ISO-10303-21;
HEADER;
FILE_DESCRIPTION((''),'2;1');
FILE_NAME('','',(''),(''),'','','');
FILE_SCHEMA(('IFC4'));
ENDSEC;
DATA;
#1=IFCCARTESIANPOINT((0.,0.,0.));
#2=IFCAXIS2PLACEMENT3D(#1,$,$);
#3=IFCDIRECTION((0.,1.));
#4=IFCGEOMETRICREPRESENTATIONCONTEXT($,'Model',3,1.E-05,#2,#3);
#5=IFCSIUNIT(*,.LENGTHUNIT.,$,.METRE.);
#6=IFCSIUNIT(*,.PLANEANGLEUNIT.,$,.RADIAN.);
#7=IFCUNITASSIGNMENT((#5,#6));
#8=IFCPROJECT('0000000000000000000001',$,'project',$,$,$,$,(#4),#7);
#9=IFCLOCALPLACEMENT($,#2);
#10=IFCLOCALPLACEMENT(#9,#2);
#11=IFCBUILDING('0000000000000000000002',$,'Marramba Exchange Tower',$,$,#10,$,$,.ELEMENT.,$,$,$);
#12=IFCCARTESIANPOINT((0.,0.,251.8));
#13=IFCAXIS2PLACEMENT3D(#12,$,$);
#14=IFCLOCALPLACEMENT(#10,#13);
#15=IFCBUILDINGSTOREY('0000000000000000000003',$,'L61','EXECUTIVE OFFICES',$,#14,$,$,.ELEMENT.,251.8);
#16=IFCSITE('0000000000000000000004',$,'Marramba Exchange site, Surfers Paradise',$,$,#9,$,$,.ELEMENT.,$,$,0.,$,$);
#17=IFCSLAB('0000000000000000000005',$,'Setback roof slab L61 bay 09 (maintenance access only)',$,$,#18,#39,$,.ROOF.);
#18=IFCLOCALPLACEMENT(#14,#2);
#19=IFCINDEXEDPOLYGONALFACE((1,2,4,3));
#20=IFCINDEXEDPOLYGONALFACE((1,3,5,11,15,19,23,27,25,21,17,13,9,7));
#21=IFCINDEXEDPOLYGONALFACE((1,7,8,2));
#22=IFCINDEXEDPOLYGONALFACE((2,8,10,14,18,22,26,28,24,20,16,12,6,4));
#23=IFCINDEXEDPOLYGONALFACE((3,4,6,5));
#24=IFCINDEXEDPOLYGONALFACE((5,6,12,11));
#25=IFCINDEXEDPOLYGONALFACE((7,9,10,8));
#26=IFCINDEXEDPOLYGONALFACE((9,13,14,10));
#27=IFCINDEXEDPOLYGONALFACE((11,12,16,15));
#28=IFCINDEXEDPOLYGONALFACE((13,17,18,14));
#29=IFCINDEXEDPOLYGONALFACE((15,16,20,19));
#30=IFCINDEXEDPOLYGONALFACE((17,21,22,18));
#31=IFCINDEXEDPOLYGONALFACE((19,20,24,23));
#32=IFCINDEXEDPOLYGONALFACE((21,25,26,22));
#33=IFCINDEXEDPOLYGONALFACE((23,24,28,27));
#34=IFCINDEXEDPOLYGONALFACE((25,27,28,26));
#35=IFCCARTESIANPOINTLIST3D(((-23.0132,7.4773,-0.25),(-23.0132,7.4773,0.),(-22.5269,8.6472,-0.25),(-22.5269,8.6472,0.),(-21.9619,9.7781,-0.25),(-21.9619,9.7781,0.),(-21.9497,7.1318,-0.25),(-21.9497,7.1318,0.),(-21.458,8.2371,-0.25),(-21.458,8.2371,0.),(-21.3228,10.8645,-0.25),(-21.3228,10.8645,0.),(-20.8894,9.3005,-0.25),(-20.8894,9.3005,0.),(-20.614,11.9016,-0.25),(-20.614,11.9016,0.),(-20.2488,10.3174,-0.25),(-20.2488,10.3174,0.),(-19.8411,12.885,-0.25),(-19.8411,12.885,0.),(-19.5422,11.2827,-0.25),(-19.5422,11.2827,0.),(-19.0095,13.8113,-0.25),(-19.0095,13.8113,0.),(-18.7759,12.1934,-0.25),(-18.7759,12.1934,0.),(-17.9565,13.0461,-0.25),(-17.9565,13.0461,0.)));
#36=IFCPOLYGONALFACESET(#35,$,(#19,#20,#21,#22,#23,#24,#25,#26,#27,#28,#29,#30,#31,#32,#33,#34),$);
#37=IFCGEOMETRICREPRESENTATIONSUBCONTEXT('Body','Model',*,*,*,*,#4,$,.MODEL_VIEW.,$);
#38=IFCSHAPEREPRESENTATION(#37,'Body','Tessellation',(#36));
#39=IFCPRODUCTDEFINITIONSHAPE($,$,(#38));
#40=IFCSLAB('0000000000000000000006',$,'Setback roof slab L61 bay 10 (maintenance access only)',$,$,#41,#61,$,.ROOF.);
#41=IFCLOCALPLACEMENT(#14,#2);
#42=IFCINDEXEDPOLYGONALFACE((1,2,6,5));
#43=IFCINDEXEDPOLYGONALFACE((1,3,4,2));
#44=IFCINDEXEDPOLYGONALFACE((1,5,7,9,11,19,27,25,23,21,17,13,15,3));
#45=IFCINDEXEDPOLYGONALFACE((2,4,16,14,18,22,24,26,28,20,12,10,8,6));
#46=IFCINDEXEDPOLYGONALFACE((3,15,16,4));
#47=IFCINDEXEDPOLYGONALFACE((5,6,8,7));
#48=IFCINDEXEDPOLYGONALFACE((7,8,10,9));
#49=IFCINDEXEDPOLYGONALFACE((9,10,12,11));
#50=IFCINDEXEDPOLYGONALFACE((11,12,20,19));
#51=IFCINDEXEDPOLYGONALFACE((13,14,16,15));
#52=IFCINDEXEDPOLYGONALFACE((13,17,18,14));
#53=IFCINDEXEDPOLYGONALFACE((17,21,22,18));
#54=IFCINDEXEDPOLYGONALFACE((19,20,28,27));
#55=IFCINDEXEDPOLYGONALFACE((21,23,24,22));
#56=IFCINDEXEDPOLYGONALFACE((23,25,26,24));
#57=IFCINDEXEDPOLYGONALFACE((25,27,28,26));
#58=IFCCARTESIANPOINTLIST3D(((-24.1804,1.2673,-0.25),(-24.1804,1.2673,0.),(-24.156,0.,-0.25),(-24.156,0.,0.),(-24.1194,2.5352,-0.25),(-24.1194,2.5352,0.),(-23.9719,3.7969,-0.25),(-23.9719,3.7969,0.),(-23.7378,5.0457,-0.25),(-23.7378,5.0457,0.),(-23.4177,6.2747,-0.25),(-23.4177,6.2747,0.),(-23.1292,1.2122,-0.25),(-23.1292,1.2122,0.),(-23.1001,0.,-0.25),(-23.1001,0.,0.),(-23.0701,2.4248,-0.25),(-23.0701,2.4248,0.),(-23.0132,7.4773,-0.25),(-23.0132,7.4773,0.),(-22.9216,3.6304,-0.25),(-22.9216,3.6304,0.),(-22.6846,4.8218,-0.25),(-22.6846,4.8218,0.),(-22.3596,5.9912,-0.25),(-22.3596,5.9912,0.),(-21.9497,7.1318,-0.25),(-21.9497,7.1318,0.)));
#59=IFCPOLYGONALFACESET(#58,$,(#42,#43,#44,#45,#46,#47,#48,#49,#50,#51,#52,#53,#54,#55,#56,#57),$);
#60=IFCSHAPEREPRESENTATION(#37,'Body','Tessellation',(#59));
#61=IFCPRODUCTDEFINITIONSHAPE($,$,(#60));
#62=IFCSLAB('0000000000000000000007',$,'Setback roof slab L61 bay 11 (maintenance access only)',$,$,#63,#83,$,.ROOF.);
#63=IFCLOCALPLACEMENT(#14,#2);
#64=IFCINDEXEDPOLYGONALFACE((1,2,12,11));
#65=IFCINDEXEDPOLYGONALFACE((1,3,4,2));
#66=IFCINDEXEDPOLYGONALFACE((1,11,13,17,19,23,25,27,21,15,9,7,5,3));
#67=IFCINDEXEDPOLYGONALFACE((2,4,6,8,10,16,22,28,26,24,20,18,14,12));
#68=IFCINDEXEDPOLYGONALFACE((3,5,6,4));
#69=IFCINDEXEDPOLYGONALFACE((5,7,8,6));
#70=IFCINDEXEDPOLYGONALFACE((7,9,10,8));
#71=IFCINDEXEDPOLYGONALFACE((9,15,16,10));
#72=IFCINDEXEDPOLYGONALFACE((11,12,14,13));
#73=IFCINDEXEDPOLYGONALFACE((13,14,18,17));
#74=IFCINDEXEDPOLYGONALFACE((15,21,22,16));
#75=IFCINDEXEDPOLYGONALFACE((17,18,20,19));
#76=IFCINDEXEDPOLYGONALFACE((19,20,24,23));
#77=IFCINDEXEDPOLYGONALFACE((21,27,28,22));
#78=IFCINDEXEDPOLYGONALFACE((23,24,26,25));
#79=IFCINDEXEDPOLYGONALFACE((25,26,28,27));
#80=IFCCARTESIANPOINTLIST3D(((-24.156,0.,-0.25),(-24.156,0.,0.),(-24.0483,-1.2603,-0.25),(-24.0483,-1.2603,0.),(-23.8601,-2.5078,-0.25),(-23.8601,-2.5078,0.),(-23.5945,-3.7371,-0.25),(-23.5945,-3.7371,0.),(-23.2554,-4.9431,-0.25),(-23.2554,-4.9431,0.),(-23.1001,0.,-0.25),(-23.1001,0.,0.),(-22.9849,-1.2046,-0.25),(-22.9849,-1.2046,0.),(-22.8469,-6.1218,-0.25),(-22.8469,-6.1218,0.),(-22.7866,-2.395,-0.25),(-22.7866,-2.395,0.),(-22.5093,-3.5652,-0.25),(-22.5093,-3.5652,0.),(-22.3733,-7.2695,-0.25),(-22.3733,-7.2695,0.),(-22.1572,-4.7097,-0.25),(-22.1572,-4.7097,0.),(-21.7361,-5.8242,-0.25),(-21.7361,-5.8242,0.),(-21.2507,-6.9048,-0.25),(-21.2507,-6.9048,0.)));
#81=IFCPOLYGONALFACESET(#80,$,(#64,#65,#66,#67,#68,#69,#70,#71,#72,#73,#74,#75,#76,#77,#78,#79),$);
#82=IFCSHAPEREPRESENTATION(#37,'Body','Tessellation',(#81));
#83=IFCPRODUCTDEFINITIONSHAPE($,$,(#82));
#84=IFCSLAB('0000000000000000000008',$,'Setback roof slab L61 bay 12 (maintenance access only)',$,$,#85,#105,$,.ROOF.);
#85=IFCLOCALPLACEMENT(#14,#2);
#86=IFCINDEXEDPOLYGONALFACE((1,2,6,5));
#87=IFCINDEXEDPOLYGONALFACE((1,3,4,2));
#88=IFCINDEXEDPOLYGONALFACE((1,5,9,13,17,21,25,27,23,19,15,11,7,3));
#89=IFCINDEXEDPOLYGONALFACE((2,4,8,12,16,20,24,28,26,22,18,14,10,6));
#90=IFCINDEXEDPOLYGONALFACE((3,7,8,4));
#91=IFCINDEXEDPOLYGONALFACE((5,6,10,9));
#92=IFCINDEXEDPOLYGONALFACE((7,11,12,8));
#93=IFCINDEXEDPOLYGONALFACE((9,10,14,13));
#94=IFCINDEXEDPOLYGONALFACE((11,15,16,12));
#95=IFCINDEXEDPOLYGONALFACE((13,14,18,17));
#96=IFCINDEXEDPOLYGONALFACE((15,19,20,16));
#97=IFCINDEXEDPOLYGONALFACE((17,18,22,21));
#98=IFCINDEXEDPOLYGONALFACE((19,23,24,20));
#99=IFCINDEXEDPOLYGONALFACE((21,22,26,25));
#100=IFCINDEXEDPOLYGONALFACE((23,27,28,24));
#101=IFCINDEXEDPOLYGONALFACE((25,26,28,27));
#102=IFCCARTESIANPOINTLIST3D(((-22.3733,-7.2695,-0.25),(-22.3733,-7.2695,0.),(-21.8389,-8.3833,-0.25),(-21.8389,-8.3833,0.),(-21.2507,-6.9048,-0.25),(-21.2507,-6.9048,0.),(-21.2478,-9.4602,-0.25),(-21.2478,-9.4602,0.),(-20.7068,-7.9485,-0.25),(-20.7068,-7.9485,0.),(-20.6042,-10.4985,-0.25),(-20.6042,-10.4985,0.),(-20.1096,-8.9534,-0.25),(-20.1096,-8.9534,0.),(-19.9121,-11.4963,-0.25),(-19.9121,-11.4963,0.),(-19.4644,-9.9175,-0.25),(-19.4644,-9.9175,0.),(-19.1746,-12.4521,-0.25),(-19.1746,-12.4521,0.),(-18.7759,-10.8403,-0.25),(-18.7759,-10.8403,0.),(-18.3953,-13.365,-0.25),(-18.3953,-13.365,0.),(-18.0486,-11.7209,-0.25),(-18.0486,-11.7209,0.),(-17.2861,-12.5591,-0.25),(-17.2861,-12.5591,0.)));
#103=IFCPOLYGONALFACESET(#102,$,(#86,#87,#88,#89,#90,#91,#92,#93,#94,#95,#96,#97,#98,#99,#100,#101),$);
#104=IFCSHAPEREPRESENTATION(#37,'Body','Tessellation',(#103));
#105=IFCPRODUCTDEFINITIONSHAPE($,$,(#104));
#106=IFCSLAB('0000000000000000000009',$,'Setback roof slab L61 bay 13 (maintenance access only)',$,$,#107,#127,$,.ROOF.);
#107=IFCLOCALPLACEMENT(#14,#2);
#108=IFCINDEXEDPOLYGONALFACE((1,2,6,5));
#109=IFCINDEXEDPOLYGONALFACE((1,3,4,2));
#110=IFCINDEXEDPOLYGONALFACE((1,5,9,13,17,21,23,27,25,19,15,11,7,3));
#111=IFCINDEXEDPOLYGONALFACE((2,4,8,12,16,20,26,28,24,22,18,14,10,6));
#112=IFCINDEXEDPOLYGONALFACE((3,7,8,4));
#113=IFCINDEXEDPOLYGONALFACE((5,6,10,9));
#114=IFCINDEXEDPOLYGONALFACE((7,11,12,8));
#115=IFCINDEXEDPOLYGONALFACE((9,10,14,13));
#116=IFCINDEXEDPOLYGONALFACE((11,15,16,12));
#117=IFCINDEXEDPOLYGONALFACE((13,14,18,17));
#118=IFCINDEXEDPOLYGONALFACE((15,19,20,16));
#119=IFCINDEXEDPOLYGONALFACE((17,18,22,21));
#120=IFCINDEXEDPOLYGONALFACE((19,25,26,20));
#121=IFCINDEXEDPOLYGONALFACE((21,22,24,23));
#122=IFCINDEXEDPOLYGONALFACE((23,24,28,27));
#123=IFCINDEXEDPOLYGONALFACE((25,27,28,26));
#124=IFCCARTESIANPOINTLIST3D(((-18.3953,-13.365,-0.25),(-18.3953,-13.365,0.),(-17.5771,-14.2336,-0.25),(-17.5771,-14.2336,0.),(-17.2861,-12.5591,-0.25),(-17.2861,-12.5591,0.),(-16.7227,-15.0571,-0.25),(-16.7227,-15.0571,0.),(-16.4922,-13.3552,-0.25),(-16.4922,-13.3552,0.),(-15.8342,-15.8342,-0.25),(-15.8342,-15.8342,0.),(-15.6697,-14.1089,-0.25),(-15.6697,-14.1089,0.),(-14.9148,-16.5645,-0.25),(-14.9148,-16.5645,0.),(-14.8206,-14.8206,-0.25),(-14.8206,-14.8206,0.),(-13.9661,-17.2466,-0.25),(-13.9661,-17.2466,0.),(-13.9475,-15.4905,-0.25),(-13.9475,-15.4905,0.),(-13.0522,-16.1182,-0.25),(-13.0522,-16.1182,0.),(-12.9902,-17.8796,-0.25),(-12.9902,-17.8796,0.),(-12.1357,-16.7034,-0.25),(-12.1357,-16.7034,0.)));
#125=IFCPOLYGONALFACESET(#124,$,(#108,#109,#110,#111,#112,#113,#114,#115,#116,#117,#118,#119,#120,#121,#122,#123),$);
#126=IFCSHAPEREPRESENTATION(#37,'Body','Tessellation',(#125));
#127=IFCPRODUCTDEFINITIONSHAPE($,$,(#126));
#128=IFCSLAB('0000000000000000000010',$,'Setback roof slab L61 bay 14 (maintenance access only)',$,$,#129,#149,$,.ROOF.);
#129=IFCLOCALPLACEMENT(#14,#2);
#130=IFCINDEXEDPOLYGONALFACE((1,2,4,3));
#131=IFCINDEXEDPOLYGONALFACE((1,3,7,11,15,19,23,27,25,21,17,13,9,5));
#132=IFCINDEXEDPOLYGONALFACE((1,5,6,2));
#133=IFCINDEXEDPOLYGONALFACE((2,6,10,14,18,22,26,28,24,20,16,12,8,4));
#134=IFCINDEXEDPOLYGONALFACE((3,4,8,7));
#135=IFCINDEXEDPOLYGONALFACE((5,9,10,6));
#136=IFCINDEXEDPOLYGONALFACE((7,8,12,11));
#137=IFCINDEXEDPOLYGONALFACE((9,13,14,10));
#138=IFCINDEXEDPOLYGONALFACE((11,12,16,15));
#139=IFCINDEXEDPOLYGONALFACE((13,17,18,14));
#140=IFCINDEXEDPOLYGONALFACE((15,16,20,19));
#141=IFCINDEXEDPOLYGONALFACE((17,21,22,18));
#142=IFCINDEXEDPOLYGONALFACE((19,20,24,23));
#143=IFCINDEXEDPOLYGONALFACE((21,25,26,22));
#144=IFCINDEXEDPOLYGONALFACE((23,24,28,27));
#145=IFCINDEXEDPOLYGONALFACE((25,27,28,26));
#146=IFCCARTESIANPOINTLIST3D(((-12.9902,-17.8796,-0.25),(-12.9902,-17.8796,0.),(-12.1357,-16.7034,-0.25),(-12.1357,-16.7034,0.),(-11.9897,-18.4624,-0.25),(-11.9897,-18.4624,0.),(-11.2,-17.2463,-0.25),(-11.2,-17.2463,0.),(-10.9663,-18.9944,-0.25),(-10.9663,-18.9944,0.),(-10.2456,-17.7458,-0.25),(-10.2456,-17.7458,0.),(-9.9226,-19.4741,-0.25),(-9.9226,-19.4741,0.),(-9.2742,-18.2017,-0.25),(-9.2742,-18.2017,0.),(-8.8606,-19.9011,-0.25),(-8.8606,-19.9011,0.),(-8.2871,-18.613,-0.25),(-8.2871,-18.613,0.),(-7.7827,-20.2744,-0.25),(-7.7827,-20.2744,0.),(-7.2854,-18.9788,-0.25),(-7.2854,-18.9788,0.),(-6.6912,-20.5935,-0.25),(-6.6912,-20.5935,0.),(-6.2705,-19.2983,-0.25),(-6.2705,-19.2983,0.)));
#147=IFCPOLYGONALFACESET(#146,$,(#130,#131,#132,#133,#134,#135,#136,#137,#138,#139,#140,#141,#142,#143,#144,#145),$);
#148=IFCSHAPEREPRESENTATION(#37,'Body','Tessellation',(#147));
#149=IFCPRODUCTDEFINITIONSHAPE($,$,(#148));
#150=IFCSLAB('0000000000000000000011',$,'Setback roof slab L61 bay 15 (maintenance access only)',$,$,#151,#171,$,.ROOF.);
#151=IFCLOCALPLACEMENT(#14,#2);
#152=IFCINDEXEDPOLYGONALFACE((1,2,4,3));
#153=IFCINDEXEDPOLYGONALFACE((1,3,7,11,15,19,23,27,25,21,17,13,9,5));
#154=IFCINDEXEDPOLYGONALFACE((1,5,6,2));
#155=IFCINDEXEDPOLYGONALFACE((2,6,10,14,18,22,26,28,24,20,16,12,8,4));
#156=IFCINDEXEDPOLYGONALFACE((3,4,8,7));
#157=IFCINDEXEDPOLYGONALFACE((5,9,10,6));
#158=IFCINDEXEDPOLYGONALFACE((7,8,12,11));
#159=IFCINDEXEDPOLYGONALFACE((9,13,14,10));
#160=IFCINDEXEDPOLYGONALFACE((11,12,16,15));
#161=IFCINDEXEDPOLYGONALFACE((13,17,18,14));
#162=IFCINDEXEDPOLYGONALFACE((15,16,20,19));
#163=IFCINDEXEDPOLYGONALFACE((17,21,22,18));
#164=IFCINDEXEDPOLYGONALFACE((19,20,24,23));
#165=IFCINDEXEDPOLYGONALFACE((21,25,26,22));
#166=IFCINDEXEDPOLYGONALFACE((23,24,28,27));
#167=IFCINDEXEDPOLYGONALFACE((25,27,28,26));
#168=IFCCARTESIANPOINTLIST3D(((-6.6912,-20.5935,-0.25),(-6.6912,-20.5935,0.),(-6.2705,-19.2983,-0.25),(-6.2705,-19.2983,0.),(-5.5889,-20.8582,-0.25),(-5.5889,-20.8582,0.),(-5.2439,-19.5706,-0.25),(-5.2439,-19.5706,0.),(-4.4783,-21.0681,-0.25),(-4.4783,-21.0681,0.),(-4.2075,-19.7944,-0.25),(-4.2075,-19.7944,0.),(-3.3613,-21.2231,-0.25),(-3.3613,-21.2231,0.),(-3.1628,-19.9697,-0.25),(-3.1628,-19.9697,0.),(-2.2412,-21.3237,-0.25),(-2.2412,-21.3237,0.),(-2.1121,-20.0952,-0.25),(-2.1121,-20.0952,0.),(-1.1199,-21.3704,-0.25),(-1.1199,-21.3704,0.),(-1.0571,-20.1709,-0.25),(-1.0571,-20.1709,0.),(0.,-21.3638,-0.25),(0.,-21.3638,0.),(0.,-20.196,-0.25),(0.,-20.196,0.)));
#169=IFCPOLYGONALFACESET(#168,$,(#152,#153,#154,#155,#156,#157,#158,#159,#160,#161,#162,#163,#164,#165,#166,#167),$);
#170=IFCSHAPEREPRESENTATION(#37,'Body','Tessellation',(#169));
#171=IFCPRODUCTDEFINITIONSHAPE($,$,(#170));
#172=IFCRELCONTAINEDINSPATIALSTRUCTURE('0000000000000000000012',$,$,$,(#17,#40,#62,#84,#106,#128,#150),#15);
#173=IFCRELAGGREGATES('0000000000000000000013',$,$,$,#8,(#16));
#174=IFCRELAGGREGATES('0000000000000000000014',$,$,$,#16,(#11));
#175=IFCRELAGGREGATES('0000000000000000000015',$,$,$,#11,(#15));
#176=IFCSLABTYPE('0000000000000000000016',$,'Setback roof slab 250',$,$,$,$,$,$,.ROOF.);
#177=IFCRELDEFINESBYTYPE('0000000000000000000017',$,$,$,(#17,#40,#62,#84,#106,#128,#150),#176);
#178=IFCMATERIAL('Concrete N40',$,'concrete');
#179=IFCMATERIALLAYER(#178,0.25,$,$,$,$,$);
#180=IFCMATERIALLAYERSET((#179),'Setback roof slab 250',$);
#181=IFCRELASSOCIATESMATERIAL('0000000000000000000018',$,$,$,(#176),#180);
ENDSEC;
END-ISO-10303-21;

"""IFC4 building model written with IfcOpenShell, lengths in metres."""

from ifc_helpers import new_model, si_unit, direction, frame, origin, place, context, subcontext, project, spatial, polyline, outline, extrude, material, layer, layer_set, type_object, element, save


model = new_model("IFC4")

# Units and contexts
model_context = context("Model", 3, precision=1e-05, world=origin(), true_north=direction((0.0, 1.0)))
body_context = subcontext(model_context, "Body", "Model", "MODEL_VIEW")
ifc_project = project(units=[si_unit("LENGTHUNIT", "METRE"), si_unit("PLANEANGLEUNIT", "RADIAN")], contexts=[model_context])

# Site, building, storey
site_placement = place(None, origin())
site = spatial("IfcSite", under=ifc_project, at=site_placement, Name="Marramba Exchange site, Surfers Paradise", CompositionType="ELEMENT", RefElevation=0.0)
building_placement = place(site_placement, origin())
building = spatial("IfcBuilding", under=site, at=building_placement, Name="Marramba Exchange Tower", CompositionType="ELEMENT")
storey_placement = place(building_placement, frame((0.0, 0.0, 251.8)))
storey = spatial("IfcBuildingStorey", under=building, at=storey_placement, Name="L61", Description="EXECUTIVE OFFICES", CompositionType="ELEMENT", Elevation=251.8)

# Slabs
ifc_material_1 = material(Name="Concrete N40", Category="concrete")
ifc_layer_1 = layer(ifc_material_1, 0.25)
ifc_layer_set_1 = layer_set([ifc_layer_1], Name="Setback roof slab 250")
slab_type = type_object("IfcSlabType", Name="Setback roof slab 250", PredefinedType="ROOF", material=ifc_layer_set_1)
slab_1_placement = place(storey_placement, frame((0.0, 0.0, -0.25)))
element("IfcSlab", 1, at=slab_1_placement, inside=storey, type_object=slab_type, Name="Setback roof slab L61 bay 09 (maintenance access only)", PredefinedType="ROOF", context=body_context, shape_type="SweptSolid", body=[
    extrude(outline(polyline([(-23.0132, 7.4773), (-22.5269, 8.6472), (-21.9619, 9.7781), (-21.3228, 10.8645), (-20.614, 11.9016), (-19.8411, 12.885), (-19.0095, 13.8113), (-17.9565, 13.0461), (-18.7759, 12.1934), (-19.5422, 11.2827), (-20.2488, 10.3174), (-20.8894, 9.3005), (-21.458, 8.2371), (-21.9497, 7.1318), (-23.0132, 7.4773)])), origin(), (0.0, 0.0, 1.0), 0.25),
])
slab_2_placement = place(storey_placement, frame((0.0, 0.0, -0.25)))
element("IfcSlab", 2, at=slab_2_placement, inside=storey, type_object=slab_type, Name="Setback roof slab L61 bay 10 (maintenance access only)", PredefinedType="ROOF", context=body_context, shape_type="SweptSolid", body=[
    extrude(outline(polyline([(-24.1804, 1.2673), (-24.1194, 2.5352), (-23.9719, 3.7969), (-23.7378, 5.0457), (-23.4177, 6.2747), (-23.0132, 7.4773), (-21.9497, 7.1318), (-22.3596, 5.9912), (-22.6846, 4.8218), (-22.9216, 3.6304), (-23.0701, 2.4248), (-23.1292, 1.2122), (-23.1001, 0.0), (-24.156, 0.0), (-24.1804, 1.2673)])), origin(), (0.0, 0.0, 1.0), 0.25),
])
slab_3_placement = place(storey_placement, frame((0.0, 0.0, -0.25)))
element("IfcSlab", 3, at=slab_3_placement, inside=storey, type_object=slab_type, Name="Setback roof slab L61 bay 11 (maintenance access only)", PredefinedType="ROOF", context=body_context, shape_type="SweptSolid", body=[
    extrude(outline(polyline([(-22.8469, -6.1218), (-23.2554, -4.9431), (-23.5945, -3.7371), (-23.8601, -2.5078), (-24.0483, -1.2603), (-24.156, 0.0), (-23.1001, 0.0), (-22.9849, -1.2046), (-22.7866, -2.395), (-22.5093, -3.5652), (-22.1572, -4.7097), (-21.7361, -5.8242), (-21.2507, -6.9048), (-22.3733, -7.2695), (-22.8469, -6.1218)])), origin(), (0.0, 0.0, 1.0), 0.25),
])
slab_4_placement = place(storey_placement, frame((0.0, 0.0, -0.25)))
element("IfcSlab", 4, at=slab_4_placement, inside=storey, type_object=slab_type, Name="Setback roof slab L61 bay 12 (maintenance access only)", PredefinedType="ROOF", context=body_context, shape_type="SweptSolid", body=[
    extrude(outline(polyline([(-18.3953, -13.365), (-19.1746, -12.4521), (-19.9121, -11.4963), (-20.6042, -10.4985), (-21.2478, -9.4602), (-21.8389, -8.3833), (-22.3733, -7.2695), (-21.2507, -6.9048), (-20.7068, -7.9485), (-20.1096, -8.9534), (-19.4644, -9.9175), (-18.7759, -10.8403), (-18.0486, -11.7209), (-17.2861, -12.5591), (-18.3953, -13.365)])), origin(), (0.0, 0.0, 1.0), 0.25),
])
slab_5_placement = place(storey_placement, frame((0.0, 0.0, -0.25)))
element("IfcSlab", 5, at=slab_5_placement, inside=storey, type_object=slab_type, Name="Setback roof slab L61 bay 13 (maintenance access only)", PredefinedType="ROOF", context=body_context, shape_type="SweptSolid", body=[
    extrude(outline(polyline([(-13.9661, -17.2466), (-14.9148, -16.5645), (-15.8342, -15.8342), (-16.7227, -15.0571), (-17.5771, -14.2336), (-18.3953, -13.365), (-17.2861, -12.5591), (-16.4922, -13.3552), (-15.6697, -14.1089), (-14.8206, -14.8206), (-13.9475, -15.4905), (-13.0522, -16.1182), (-12.1357, -16.7034), (-12.9902, -17.8796), (-13.9661, -17.2466)])), origin(), (0.0, 0.0, 1.0), 0.25),
])
slab_6_placement = place(storey_placement, frame((0.0, 0.0, -0.25)))
element("IfcSlab", 6, at=slab_6_placement, inside=storey, type_object=slab_type, Name="Setback roof slab L61 bay 14 (maintenance access only)", PredefinedType="ROOF", context=body_context, shape_type="SweptSolid", body=[
    extrude(outline(polyline([(-6.6912, -20.5935), (-7.7827, -20.2744), (-8.8606, -19.9011), (-9.9226, -19.4741), (-10.9663, -18.9944), (-11.9897, -18.4624), (-12.9902, -17.8796), (-12.1357, -16.7034), (-11.2, -17.2463), (-10.2456, -17.7458), (-9.2742, -18.2017), (-8.2871, -18.613), (-7.2854, -18.9788), (-6.2705, -19.2983), (-6.6912, -20.5935)])), origin(), (0.0, 0.0, 1.0), 0.25),
])
slab_7_placement = place(storey_placement, frame((0.0, 0.0, -0.25)))
element("IfcSlab", 7, at=slab_7_placement, inside=storey, type_object=slab_type, Name="Setback roof slab L61 bay 15 (maintenance access only)", PredefinedType="ROOF", context=body_context, shape_type="SweptSolid", body=[
    extrude(outline(polyline([(-1.1199, -21.3704), (-2.2412, -21.3237), (-3.3613, -21.2231), (-4.4783, -21.0681), (-5.5889, -20.8582), (-6.6912, -20.5935), (-6.2705, -19.2983), (-5.2439, -19.5706), (-4.2075, -19.7944), (-3.1628, -19.9697), (-2.1121, -20.0952), (-1.0571, -20.1709), (0.0, -20.196), (0.0, -21.3638), (-1.1199, -21.3704)])), origin(), (0.0, 0.0, 1.0), 0.25),
])

save(model, "model.ifc")
